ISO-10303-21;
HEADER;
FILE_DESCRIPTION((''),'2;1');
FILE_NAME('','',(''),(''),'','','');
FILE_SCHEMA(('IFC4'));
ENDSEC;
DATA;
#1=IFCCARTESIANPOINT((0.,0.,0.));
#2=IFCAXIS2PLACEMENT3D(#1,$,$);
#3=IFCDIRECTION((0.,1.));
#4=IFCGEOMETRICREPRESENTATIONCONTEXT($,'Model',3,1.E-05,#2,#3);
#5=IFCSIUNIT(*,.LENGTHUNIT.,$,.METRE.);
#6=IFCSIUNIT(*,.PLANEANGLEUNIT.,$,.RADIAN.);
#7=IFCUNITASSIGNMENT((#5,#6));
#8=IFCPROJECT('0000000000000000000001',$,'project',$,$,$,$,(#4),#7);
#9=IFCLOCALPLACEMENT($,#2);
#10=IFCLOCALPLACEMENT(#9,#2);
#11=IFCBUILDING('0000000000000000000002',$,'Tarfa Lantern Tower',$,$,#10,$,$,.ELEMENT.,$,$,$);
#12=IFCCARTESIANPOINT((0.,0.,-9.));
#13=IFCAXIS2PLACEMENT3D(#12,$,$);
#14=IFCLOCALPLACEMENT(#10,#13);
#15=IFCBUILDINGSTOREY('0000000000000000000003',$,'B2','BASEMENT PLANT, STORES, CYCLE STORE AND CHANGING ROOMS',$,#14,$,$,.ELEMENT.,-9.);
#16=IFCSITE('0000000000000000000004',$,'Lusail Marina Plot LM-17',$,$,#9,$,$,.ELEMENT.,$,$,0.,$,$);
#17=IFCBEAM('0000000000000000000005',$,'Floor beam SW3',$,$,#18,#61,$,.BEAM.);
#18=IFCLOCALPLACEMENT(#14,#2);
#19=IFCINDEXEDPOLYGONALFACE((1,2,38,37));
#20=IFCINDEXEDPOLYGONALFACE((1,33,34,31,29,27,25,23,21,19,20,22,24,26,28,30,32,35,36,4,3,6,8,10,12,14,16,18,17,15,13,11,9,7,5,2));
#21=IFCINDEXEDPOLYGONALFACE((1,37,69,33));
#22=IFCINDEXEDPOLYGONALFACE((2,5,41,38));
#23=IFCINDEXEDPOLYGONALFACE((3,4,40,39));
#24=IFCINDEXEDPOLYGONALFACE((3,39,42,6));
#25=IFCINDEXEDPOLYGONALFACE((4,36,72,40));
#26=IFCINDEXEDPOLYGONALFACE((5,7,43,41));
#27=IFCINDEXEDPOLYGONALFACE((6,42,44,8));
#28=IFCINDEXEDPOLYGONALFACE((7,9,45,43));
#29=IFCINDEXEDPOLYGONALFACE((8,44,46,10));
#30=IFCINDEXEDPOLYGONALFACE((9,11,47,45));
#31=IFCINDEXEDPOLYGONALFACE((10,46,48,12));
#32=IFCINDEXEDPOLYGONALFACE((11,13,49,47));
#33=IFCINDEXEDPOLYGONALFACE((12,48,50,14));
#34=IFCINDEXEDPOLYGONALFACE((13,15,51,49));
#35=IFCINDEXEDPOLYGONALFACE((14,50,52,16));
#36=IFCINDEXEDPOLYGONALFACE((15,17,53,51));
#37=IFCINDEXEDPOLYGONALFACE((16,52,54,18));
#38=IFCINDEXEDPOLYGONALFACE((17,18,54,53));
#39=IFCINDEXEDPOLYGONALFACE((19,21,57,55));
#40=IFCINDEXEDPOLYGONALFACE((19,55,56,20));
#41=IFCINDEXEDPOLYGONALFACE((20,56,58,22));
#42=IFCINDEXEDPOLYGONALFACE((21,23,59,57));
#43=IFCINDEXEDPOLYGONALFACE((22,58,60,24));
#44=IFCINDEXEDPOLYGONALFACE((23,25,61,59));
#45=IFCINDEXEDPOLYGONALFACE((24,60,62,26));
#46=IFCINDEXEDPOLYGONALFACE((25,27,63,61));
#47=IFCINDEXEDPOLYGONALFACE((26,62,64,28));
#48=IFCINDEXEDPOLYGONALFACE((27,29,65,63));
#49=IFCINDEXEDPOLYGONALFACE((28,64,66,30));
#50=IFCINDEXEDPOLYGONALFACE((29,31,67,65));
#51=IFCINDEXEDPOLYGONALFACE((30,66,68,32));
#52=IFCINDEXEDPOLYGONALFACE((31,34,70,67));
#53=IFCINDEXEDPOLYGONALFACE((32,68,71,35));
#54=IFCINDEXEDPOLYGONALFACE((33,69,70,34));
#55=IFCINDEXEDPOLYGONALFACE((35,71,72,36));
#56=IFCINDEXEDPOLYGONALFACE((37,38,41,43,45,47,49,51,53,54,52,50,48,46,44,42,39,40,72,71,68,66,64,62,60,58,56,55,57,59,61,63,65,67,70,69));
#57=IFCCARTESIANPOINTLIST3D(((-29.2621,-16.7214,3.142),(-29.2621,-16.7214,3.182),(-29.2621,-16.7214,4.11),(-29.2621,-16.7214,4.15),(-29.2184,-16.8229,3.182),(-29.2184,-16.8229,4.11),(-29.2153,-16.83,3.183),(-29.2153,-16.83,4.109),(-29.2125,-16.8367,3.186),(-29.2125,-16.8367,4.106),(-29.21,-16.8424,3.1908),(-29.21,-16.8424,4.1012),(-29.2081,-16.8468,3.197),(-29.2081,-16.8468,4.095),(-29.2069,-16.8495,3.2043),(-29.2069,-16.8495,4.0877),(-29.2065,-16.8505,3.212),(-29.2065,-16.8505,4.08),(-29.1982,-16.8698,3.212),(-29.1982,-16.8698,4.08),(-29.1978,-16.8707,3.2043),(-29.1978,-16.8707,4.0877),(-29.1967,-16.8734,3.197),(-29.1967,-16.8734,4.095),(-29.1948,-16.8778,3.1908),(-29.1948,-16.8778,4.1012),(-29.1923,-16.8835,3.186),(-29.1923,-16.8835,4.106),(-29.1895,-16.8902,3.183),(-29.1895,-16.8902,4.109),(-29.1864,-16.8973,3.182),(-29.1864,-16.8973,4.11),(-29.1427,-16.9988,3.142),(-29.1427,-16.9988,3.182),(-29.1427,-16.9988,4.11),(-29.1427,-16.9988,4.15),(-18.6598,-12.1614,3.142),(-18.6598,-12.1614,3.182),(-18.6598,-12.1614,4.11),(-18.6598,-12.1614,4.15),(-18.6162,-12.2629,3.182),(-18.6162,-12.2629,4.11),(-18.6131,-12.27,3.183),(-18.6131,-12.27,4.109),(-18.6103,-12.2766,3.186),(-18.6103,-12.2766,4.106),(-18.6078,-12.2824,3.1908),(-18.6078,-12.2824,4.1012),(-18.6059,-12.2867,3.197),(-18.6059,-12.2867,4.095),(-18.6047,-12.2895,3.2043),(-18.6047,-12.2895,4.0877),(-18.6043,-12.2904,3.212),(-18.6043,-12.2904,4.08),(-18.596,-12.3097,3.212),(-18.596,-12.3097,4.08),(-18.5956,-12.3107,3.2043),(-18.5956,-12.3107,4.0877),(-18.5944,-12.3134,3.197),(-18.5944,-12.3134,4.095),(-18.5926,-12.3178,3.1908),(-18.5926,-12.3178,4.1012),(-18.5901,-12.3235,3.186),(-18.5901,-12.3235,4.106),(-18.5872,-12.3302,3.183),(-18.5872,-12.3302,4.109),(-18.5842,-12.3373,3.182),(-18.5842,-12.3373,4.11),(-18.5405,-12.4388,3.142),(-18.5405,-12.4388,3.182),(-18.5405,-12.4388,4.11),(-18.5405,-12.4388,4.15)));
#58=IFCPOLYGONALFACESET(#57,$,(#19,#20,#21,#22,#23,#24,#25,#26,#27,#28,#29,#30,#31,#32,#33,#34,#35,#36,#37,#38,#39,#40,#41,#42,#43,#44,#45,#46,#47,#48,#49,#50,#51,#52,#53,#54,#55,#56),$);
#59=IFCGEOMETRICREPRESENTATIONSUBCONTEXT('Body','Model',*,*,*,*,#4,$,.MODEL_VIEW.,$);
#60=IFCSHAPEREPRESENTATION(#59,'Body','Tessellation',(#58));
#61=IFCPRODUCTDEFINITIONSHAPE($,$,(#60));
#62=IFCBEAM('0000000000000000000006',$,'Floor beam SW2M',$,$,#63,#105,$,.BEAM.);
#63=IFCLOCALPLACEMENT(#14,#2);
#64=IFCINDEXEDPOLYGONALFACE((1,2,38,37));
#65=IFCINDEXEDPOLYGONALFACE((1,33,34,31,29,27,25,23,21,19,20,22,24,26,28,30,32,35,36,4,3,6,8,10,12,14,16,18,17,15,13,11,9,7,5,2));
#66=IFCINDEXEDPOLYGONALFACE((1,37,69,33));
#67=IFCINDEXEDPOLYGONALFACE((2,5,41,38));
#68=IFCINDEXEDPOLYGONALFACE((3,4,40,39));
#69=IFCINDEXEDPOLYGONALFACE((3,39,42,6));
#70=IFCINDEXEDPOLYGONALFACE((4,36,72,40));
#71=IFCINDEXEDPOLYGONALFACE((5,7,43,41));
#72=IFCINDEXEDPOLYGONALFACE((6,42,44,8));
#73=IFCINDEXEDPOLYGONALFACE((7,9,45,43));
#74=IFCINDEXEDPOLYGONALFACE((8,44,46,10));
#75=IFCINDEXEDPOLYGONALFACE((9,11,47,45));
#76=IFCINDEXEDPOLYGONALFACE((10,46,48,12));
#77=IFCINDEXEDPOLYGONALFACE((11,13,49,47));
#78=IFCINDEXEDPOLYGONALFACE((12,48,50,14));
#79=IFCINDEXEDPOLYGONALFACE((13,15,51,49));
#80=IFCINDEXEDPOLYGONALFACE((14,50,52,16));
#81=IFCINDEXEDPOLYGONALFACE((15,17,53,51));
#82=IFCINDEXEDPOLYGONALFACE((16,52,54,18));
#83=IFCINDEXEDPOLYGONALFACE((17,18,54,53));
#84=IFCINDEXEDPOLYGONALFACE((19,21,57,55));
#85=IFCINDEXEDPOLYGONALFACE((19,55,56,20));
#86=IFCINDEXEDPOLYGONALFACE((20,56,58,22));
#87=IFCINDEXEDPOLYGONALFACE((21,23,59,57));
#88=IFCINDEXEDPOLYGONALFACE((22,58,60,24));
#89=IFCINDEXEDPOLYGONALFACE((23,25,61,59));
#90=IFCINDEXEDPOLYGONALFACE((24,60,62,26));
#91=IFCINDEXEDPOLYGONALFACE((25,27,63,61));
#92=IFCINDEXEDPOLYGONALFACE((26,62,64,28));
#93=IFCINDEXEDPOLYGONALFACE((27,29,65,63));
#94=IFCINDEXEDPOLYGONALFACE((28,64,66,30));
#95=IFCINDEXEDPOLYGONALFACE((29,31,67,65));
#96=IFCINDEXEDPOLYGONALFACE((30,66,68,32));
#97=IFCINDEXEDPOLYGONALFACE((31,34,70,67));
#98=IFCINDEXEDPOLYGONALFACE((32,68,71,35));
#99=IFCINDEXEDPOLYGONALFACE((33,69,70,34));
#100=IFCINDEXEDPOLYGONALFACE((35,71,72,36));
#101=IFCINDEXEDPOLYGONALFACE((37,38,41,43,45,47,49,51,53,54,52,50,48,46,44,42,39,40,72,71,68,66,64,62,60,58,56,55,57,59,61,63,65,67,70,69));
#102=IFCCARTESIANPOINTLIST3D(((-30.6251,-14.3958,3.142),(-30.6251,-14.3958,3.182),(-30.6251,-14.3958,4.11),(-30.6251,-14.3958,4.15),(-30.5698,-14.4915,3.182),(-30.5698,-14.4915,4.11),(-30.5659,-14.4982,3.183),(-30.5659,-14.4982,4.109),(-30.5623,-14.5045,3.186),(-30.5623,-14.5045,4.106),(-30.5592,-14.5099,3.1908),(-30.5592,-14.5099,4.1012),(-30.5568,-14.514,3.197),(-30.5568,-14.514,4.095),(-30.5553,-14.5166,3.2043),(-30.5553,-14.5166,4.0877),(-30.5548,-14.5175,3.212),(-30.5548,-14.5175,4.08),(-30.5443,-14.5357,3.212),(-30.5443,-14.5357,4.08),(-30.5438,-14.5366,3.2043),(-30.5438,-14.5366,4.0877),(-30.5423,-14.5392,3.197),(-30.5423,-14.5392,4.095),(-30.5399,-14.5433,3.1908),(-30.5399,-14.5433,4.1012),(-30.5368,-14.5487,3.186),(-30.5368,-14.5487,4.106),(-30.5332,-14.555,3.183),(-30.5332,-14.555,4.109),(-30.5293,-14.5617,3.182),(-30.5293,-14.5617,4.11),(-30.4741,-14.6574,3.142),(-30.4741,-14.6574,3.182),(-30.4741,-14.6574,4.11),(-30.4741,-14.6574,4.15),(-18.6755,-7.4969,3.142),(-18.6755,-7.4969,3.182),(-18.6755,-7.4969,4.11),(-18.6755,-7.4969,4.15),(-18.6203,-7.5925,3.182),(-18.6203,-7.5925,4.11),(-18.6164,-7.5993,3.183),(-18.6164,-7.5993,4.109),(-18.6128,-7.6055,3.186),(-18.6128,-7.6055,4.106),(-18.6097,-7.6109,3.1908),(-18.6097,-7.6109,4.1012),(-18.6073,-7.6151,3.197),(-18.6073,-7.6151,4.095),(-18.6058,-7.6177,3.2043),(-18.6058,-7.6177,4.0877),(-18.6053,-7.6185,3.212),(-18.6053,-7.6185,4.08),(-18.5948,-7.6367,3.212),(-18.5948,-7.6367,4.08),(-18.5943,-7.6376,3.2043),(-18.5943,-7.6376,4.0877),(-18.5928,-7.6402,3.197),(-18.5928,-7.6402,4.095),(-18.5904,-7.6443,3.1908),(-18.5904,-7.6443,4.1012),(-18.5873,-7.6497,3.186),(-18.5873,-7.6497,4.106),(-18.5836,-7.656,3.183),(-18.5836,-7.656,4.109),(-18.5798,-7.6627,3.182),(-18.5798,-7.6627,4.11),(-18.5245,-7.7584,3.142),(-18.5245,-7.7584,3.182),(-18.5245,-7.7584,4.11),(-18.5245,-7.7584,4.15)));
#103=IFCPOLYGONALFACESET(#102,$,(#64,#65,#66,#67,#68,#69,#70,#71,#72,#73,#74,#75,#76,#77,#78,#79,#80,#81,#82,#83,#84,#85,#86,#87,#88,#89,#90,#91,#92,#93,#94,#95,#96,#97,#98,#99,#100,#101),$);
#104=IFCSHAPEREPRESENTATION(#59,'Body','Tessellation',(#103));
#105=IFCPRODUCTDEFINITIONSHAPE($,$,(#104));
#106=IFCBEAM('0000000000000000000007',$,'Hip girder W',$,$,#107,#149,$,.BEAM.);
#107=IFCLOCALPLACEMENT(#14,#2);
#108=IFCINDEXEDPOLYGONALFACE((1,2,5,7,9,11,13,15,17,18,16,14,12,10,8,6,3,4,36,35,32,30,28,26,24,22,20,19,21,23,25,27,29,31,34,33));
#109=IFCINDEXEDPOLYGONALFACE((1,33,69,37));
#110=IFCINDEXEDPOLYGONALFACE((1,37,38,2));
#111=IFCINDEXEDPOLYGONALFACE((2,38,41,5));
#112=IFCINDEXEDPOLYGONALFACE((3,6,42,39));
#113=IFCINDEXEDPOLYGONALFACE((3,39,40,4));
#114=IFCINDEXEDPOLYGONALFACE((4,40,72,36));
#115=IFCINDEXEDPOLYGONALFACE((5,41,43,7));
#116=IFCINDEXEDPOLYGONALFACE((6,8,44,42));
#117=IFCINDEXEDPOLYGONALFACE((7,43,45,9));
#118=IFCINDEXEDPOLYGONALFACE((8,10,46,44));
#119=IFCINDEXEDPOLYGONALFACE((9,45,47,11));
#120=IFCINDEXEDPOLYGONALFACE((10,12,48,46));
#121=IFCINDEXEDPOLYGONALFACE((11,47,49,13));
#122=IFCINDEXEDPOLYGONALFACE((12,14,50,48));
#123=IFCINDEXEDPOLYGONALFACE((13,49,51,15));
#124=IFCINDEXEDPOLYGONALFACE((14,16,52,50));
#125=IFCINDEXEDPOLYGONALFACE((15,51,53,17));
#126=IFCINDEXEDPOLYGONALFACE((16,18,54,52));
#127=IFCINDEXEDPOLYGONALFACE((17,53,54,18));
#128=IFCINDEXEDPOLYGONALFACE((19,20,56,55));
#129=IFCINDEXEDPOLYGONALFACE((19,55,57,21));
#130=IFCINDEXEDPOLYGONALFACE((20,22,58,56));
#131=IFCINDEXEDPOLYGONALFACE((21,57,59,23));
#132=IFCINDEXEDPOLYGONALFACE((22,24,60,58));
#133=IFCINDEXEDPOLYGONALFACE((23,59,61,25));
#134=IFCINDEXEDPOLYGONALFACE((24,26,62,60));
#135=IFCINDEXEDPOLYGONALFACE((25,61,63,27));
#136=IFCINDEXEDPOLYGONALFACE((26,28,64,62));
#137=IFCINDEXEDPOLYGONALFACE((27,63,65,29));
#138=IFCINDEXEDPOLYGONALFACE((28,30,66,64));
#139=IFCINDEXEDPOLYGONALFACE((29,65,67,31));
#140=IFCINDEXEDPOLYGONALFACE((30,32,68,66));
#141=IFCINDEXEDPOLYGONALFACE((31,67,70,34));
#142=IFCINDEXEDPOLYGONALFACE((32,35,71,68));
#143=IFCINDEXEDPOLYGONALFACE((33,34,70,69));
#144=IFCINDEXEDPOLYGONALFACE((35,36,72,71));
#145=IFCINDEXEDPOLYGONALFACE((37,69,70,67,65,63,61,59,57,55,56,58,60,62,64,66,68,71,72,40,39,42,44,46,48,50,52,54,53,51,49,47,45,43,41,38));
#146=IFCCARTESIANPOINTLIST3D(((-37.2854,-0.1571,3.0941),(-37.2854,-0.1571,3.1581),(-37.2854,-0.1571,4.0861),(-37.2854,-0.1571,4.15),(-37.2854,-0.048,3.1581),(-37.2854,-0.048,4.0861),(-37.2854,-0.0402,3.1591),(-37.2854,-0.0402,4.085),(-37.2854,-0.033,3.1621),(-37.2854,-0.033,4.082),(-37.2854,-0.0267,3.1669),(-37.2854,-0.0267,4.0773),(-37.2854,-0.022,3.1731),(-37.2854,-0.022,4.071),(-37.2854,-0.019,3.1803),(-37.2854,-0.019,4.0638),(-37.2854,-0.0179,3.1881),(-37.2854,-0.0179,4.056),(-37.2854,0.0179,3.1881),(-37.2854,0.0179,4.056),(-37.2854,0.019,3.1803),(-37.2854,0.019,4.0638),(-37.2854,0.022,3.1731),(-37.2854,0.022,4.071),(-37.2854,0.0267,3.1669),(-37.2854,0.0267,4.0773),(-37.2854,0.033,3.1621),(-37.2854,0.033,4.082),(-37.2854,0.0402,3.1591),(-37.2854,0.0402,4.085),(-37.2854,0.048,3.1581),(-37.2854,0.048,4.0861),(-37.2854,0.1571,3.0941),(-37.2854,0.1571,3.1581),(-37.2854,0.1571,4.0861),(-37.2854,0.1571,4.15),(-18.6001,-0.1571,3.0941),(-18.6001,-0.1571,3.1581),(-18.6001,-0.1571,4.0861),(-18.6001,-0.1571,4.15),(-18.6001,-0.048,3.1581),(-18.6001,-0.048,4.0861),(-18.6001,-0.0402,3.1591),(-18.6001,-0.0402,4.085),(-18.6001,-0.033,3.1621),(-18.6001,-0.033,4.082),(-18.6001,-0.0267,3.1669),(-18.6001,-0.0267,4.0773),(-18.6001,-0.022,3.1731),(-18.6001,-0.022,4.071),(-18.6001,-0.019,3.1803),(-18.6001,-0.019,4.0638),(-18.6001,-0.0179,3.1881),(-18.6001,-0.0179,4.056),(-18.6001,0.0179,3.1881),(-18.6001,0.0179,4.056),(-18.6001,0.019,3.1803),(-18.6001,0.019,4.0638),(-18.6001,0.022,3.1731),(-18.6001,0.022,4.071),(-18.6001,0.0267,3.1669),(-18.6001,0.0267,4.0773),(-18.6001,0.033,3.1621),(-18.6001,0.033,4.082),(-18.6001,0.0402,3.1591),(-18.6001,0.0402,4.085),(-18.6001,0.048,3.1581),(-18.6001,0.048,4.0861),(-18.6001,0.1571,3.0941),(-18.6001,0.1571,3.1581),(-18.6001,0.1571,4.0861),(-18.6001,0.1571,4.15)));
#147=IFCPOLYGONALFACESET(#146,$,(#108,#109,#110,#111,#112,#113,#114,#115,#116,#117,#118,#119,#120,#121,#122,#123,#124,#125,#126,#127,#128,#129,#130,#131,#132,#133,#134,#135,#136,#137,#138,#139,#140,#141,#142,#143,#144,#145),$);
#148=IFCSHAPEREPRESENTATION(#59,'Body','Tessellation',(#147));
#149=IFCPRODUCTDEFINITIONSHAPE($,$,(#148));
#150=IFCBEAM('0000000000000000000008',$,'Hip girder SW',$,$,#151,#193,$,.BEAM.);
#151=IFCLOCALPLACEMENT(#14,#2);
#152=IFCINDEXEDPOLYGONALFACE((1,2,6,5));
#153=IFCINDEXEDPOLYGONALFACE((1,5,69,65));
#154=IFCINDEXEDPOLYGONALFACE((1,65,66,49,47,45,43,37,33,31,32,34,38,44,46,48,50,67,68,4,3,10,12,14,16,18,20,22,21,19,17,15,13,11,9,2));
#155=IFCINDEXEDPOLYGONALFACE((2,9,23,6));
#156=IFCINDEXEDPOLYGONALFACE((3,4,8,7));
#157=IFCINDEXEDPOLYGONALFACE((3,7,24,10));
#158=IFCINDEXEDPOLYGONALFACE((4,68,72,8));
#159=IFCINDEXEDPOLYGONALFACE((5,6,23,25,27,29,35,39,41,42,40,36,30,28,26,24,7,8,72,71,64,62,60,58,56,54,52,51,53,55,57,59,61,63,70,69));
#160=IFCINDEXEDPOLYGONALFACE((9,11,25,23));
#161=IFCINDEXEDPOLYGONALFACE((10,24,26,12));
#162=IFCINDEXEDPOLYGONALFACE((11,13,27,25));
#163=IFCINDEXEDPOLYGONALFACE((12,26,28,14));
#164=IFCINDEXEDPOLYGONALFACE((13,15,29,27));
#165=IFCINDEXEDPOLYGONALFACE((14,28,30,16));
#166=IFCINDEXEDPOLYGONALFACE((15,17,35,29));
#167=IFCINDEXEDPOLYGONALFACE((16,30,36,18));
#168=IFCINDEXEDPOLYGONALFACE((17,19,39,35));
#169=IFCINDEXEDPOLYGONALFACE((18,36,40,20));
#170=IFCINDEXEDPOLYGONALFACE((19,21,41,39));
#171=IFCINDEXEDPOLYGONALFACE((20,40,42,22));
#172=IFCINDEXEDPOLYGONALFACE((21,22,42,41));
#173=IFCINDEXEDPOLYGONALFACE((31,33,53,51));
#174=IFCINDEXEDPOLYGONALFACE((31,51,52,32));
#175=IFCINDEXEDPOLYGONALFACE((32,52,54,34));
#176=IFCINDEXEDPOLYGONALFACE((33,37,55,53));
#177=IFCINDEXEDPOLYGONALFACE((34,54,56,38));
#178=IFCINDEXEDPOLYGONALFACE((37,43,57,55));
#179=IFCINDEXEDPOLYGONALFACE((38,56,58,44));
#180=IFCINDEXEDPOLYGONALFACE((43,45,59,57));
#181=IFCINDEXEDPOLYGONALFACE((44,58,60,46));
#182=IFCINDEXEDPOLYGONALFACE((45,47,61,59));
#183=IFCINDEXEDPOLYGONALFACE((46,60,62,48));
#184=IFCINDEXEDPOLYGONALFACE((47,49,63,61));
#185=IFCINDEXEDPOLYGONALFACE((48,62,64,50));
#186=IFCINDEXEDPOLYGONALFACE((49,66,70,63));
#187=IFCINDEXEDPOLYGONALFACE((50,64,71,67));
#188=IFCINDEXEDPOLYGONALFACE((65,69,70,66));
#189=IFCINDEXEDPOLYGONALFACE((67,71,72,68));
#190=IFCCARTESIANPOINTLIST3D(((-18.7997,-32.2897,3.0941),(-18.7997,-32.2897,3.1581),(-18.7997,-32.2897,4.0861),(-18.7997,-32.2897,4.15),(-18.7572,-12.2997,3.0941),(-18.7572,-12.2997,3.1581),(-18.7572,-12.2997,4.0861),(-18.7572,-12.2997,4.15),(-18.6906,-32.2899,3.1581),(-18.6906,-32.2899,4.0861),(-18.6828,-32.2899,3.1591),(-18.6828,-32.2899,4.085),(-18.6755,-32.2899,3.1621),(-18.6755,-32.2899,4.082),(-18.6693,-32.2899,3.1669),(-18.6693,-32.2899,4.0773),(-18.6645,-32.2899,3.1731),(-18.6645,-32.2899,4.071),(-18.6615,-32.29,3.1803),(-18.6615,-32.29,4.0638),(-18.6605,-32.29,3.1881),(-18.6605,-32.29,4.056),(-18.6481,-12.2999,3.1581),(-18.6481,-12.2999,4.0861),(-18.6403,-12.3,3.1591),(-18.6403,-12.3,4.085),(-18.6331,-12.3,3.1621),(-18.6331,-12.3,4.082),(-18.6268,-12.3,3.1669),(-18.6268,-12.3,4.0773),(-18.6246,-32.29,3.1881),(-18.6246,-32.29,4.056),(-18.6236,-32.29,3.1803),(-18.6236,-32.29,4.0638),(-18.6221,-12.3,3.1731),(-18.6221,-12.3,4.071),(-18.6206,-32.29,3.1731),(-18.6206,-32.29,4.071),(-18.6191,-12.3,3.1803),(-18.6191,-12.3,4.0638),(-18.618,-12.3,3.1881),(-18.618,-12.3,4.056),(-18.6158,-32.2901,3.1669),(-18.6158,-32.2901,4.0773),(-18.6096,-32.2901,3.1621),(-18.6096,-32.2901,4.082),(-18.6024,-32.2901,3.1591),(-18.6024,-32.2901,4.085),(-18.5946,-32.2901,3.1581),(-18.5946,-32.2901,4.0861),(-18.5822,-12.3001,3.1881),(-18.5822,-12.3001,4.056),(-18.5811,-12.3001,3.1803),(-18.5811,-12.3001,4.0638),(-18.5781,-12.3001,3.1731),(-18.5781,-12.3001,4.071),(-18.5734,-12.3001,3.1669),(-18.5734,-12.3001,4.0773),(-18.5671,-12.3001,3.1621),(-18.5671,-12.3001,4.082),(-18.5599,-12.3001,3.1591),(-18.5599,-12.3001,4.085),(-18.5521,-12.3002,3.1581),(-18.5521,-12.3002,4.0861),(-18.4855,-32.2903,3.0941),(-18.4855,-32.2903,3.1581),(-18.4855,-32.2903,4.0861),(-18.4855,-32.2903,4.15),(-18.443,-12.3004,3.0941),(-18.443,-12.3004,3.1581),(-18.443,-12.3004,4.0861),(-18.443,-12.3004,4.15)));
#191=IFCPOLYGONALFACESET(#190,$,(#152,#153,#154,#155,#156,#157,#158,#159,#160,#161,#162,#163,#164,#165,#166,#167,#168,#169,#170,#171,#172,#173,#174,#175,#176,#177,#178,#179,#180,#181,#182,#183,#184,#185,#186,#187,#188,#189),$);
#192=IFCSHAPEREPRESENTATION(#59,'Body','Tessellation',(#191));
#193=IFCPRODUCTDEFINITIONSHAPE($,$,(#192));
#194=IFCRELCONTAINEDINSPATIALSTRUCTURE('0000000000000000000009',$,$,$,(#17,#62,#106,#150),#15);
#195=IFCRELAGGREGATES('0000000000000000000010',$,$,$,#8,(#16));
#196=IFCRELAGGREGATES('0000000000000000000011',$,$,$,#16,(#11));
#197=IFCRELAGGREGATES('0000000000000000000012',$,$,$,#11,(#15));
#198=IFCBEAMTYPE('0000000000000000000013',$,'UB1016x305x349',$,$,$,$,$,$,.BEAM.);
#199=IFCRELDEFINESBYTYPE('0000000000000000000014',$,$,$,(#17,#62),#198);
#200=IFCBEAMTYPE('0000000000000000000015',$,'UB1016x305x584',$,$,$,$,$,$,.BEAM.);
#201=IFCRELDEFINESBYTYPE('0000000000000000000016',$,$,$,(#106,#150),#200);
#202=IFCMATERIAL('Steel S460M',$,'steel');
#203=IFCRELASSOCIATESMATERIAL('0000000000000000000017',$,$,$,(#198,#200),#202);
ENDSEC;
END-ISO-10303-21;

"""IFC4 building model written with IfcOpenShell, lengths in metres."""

from ifc_helpers import new_model, si_unit, direction, frame, origin, origin_2d, place, context, subcontext, project, spatial, i_section, extrude, material, material_profile, profile_set, type_object, element, save


model = new_model("IFC4")

# Units and contexts
model_context = context("Model", 3, precision=1e-05, world=origin(), true_north=direction((0.0, 1.0)))
body_context = subcontext(model_context, "Body", "Model", "MODEL_VIEW")
ifc_project = project(units=[si_unit("LENGTHUNIT", "METRE"), si_unit("PLANEANGLEUNIT", "RADIAN")], contexts=[model_context])

# Site, building, storey
site_placement = place(None, origin())
site = spatial("IfcSite", under=ifc_project, at=site_placement, Name="Lusail Marina Plot LM-17", CompositionType="ELEMENT", RefElevation=0.0)
building_placement = place(site_placement, origin())
building = spatial("IfcBuilding", under=site, at=building_placement, Name="Tarfa Lantern Tower", CompositionType="ELEMENT")
storey_placement = place(building_placement, frame((0.0, 0.0, -9.0)))
storey = spatial("IfcBuildingStorey", under=building, at=storey_placement, Name="B2", Description="BASEMENT PLANT, STORES, CYCLE STORE AND CHANGING ROOMS", CompositionType="ELEMENT", Elevation=-9.0)

# Beams
ifc_material_1 = material(Name="Steel S460M", Category="steel")
ifc_material_profile_1 = material_profile(ifc_material_1, i_section(OverallWidth=0.302, OverallDepth=1.0081, WebThickness=0.021, FlangeThickness=0.04, FilletRadius=0.03, at=origin_2d()), Name="UB1016x305x349")
ifc_profile_set_1 = profile_set([ifc_material_profile_1], Name="Steel S460M")
beam_type_1 = type_object("IfcBeamType", Name="UB1016x305x349", PredefinedType="BEAM", material=ifc_profile_set_1)
beam_1_placement = place(storey_placement, frame((-29.2024, -16.8601, 3.646), z_axis=(0.918635, 0.395106, 0.0), x_axis=(-0.395106, 0.918635, 0.0)))
element("IfcBeam", 1, at=beam_1_placement, inside=storey, type_object=beam_type_1, Name="Floor beam SW3", PredefinedType="BEAM", context=body_context, shape_type="SweptSolid", body=[
    extrude(i_section(OverallWidth=0.302, OverallDepth=1.0081, WebThickness=0.021, FlangeThickness=0.04, FilletRadius=0.03, at=origin_2d()), origin(), (0.0, 0.0, 1.0), 11.5413),
])
beam_2_placement = place(storey_placement, frame((-30.5496, -14.5266, 3.646), z_axis=(0.866029, 0.499995, 0.0), x_axis=(-0.499995, 0.866029, 0.0)))
element("IfcBeam", 2, at=beam_2_placement, inside=storey, type_object=beam_type_1, Name="Floor beam SW2M", PredefinedType="BEAM", context=body_context, shape_type="SweptSolid", body=[
    extrude(i_section(OverallWidth=0.302, OverallDepth=1.0081, WebThickness=0.021, FlangeThickness=0.04, FilletRadius=0.03, at=origin_2d()), origin(), (0.0, 0.0, 1.0), 13.7981),
])
ifc_material_profile_2 = material_profile(ifc_material_1, i_section(OverallWidth=0.3142, OverallDepth=1.0559, WebThickness=0.0359, FlangeThickness=0.064, FilletRadius=0.03, at=origin_2d()), Name="UB1016x305x584")
ifc_profile_set_2 = profile_set([ifc_material_profile_2], Name="Steel S460M")
beam_type_2 = type_object("IfcBeamType", Name="UB1016x305x584", PredefinedType="BEAM", material=ifc_profile_set_2)
beam_3_placement = place(storey_placement, frame((-18.6001, 0.0, 3.6221), z_axis=(-1.0, 0.0, 0.0), x_axis=(0.0, -1.0, 0.0)))
element("IfcBeam", 3, at=beam_3_placement, inside=storey, type_object=beam_type_2, Name="Hip girder W", PredefinedType="BEAM", context=body_context, shape_type="SweptSolid", body=[
    extrude(i_section(OverallWidth=0.3142, OverallDepth=1.0559, WebThickness=0.0359, FlangeThickness=0.064, FilletRadius=0.03, at=origin_2d()), origin(), (0.0, 0.0, 1.0), 18.6853),
])
beam_4_placement = place(storey_placement, frame((-18.6001, -12.3, 3.6221), z_axis=(-0.002125, -0.999998, 0.0), x_axis=(0.999998, -0.002125, 0.0)))
element("IfcBeam", 4, at=beam_4_placement, inside=storey, type_object=beam_type_2, Name="Hip girder SW", PredefinedType="BEAM", context=body_context, shape_type="SweptSolid", body=[
    extrude(i_section(OverallWidth=0.3142, OverallDepth=1.0559, WebThickness=0.0359, FlangeThickness=0.064, FilletRadius=0.03, at=origin_2d()), origin(), (0.0, 0.0, 1.0), 19.99),
])

save(model, "model.ifc")
